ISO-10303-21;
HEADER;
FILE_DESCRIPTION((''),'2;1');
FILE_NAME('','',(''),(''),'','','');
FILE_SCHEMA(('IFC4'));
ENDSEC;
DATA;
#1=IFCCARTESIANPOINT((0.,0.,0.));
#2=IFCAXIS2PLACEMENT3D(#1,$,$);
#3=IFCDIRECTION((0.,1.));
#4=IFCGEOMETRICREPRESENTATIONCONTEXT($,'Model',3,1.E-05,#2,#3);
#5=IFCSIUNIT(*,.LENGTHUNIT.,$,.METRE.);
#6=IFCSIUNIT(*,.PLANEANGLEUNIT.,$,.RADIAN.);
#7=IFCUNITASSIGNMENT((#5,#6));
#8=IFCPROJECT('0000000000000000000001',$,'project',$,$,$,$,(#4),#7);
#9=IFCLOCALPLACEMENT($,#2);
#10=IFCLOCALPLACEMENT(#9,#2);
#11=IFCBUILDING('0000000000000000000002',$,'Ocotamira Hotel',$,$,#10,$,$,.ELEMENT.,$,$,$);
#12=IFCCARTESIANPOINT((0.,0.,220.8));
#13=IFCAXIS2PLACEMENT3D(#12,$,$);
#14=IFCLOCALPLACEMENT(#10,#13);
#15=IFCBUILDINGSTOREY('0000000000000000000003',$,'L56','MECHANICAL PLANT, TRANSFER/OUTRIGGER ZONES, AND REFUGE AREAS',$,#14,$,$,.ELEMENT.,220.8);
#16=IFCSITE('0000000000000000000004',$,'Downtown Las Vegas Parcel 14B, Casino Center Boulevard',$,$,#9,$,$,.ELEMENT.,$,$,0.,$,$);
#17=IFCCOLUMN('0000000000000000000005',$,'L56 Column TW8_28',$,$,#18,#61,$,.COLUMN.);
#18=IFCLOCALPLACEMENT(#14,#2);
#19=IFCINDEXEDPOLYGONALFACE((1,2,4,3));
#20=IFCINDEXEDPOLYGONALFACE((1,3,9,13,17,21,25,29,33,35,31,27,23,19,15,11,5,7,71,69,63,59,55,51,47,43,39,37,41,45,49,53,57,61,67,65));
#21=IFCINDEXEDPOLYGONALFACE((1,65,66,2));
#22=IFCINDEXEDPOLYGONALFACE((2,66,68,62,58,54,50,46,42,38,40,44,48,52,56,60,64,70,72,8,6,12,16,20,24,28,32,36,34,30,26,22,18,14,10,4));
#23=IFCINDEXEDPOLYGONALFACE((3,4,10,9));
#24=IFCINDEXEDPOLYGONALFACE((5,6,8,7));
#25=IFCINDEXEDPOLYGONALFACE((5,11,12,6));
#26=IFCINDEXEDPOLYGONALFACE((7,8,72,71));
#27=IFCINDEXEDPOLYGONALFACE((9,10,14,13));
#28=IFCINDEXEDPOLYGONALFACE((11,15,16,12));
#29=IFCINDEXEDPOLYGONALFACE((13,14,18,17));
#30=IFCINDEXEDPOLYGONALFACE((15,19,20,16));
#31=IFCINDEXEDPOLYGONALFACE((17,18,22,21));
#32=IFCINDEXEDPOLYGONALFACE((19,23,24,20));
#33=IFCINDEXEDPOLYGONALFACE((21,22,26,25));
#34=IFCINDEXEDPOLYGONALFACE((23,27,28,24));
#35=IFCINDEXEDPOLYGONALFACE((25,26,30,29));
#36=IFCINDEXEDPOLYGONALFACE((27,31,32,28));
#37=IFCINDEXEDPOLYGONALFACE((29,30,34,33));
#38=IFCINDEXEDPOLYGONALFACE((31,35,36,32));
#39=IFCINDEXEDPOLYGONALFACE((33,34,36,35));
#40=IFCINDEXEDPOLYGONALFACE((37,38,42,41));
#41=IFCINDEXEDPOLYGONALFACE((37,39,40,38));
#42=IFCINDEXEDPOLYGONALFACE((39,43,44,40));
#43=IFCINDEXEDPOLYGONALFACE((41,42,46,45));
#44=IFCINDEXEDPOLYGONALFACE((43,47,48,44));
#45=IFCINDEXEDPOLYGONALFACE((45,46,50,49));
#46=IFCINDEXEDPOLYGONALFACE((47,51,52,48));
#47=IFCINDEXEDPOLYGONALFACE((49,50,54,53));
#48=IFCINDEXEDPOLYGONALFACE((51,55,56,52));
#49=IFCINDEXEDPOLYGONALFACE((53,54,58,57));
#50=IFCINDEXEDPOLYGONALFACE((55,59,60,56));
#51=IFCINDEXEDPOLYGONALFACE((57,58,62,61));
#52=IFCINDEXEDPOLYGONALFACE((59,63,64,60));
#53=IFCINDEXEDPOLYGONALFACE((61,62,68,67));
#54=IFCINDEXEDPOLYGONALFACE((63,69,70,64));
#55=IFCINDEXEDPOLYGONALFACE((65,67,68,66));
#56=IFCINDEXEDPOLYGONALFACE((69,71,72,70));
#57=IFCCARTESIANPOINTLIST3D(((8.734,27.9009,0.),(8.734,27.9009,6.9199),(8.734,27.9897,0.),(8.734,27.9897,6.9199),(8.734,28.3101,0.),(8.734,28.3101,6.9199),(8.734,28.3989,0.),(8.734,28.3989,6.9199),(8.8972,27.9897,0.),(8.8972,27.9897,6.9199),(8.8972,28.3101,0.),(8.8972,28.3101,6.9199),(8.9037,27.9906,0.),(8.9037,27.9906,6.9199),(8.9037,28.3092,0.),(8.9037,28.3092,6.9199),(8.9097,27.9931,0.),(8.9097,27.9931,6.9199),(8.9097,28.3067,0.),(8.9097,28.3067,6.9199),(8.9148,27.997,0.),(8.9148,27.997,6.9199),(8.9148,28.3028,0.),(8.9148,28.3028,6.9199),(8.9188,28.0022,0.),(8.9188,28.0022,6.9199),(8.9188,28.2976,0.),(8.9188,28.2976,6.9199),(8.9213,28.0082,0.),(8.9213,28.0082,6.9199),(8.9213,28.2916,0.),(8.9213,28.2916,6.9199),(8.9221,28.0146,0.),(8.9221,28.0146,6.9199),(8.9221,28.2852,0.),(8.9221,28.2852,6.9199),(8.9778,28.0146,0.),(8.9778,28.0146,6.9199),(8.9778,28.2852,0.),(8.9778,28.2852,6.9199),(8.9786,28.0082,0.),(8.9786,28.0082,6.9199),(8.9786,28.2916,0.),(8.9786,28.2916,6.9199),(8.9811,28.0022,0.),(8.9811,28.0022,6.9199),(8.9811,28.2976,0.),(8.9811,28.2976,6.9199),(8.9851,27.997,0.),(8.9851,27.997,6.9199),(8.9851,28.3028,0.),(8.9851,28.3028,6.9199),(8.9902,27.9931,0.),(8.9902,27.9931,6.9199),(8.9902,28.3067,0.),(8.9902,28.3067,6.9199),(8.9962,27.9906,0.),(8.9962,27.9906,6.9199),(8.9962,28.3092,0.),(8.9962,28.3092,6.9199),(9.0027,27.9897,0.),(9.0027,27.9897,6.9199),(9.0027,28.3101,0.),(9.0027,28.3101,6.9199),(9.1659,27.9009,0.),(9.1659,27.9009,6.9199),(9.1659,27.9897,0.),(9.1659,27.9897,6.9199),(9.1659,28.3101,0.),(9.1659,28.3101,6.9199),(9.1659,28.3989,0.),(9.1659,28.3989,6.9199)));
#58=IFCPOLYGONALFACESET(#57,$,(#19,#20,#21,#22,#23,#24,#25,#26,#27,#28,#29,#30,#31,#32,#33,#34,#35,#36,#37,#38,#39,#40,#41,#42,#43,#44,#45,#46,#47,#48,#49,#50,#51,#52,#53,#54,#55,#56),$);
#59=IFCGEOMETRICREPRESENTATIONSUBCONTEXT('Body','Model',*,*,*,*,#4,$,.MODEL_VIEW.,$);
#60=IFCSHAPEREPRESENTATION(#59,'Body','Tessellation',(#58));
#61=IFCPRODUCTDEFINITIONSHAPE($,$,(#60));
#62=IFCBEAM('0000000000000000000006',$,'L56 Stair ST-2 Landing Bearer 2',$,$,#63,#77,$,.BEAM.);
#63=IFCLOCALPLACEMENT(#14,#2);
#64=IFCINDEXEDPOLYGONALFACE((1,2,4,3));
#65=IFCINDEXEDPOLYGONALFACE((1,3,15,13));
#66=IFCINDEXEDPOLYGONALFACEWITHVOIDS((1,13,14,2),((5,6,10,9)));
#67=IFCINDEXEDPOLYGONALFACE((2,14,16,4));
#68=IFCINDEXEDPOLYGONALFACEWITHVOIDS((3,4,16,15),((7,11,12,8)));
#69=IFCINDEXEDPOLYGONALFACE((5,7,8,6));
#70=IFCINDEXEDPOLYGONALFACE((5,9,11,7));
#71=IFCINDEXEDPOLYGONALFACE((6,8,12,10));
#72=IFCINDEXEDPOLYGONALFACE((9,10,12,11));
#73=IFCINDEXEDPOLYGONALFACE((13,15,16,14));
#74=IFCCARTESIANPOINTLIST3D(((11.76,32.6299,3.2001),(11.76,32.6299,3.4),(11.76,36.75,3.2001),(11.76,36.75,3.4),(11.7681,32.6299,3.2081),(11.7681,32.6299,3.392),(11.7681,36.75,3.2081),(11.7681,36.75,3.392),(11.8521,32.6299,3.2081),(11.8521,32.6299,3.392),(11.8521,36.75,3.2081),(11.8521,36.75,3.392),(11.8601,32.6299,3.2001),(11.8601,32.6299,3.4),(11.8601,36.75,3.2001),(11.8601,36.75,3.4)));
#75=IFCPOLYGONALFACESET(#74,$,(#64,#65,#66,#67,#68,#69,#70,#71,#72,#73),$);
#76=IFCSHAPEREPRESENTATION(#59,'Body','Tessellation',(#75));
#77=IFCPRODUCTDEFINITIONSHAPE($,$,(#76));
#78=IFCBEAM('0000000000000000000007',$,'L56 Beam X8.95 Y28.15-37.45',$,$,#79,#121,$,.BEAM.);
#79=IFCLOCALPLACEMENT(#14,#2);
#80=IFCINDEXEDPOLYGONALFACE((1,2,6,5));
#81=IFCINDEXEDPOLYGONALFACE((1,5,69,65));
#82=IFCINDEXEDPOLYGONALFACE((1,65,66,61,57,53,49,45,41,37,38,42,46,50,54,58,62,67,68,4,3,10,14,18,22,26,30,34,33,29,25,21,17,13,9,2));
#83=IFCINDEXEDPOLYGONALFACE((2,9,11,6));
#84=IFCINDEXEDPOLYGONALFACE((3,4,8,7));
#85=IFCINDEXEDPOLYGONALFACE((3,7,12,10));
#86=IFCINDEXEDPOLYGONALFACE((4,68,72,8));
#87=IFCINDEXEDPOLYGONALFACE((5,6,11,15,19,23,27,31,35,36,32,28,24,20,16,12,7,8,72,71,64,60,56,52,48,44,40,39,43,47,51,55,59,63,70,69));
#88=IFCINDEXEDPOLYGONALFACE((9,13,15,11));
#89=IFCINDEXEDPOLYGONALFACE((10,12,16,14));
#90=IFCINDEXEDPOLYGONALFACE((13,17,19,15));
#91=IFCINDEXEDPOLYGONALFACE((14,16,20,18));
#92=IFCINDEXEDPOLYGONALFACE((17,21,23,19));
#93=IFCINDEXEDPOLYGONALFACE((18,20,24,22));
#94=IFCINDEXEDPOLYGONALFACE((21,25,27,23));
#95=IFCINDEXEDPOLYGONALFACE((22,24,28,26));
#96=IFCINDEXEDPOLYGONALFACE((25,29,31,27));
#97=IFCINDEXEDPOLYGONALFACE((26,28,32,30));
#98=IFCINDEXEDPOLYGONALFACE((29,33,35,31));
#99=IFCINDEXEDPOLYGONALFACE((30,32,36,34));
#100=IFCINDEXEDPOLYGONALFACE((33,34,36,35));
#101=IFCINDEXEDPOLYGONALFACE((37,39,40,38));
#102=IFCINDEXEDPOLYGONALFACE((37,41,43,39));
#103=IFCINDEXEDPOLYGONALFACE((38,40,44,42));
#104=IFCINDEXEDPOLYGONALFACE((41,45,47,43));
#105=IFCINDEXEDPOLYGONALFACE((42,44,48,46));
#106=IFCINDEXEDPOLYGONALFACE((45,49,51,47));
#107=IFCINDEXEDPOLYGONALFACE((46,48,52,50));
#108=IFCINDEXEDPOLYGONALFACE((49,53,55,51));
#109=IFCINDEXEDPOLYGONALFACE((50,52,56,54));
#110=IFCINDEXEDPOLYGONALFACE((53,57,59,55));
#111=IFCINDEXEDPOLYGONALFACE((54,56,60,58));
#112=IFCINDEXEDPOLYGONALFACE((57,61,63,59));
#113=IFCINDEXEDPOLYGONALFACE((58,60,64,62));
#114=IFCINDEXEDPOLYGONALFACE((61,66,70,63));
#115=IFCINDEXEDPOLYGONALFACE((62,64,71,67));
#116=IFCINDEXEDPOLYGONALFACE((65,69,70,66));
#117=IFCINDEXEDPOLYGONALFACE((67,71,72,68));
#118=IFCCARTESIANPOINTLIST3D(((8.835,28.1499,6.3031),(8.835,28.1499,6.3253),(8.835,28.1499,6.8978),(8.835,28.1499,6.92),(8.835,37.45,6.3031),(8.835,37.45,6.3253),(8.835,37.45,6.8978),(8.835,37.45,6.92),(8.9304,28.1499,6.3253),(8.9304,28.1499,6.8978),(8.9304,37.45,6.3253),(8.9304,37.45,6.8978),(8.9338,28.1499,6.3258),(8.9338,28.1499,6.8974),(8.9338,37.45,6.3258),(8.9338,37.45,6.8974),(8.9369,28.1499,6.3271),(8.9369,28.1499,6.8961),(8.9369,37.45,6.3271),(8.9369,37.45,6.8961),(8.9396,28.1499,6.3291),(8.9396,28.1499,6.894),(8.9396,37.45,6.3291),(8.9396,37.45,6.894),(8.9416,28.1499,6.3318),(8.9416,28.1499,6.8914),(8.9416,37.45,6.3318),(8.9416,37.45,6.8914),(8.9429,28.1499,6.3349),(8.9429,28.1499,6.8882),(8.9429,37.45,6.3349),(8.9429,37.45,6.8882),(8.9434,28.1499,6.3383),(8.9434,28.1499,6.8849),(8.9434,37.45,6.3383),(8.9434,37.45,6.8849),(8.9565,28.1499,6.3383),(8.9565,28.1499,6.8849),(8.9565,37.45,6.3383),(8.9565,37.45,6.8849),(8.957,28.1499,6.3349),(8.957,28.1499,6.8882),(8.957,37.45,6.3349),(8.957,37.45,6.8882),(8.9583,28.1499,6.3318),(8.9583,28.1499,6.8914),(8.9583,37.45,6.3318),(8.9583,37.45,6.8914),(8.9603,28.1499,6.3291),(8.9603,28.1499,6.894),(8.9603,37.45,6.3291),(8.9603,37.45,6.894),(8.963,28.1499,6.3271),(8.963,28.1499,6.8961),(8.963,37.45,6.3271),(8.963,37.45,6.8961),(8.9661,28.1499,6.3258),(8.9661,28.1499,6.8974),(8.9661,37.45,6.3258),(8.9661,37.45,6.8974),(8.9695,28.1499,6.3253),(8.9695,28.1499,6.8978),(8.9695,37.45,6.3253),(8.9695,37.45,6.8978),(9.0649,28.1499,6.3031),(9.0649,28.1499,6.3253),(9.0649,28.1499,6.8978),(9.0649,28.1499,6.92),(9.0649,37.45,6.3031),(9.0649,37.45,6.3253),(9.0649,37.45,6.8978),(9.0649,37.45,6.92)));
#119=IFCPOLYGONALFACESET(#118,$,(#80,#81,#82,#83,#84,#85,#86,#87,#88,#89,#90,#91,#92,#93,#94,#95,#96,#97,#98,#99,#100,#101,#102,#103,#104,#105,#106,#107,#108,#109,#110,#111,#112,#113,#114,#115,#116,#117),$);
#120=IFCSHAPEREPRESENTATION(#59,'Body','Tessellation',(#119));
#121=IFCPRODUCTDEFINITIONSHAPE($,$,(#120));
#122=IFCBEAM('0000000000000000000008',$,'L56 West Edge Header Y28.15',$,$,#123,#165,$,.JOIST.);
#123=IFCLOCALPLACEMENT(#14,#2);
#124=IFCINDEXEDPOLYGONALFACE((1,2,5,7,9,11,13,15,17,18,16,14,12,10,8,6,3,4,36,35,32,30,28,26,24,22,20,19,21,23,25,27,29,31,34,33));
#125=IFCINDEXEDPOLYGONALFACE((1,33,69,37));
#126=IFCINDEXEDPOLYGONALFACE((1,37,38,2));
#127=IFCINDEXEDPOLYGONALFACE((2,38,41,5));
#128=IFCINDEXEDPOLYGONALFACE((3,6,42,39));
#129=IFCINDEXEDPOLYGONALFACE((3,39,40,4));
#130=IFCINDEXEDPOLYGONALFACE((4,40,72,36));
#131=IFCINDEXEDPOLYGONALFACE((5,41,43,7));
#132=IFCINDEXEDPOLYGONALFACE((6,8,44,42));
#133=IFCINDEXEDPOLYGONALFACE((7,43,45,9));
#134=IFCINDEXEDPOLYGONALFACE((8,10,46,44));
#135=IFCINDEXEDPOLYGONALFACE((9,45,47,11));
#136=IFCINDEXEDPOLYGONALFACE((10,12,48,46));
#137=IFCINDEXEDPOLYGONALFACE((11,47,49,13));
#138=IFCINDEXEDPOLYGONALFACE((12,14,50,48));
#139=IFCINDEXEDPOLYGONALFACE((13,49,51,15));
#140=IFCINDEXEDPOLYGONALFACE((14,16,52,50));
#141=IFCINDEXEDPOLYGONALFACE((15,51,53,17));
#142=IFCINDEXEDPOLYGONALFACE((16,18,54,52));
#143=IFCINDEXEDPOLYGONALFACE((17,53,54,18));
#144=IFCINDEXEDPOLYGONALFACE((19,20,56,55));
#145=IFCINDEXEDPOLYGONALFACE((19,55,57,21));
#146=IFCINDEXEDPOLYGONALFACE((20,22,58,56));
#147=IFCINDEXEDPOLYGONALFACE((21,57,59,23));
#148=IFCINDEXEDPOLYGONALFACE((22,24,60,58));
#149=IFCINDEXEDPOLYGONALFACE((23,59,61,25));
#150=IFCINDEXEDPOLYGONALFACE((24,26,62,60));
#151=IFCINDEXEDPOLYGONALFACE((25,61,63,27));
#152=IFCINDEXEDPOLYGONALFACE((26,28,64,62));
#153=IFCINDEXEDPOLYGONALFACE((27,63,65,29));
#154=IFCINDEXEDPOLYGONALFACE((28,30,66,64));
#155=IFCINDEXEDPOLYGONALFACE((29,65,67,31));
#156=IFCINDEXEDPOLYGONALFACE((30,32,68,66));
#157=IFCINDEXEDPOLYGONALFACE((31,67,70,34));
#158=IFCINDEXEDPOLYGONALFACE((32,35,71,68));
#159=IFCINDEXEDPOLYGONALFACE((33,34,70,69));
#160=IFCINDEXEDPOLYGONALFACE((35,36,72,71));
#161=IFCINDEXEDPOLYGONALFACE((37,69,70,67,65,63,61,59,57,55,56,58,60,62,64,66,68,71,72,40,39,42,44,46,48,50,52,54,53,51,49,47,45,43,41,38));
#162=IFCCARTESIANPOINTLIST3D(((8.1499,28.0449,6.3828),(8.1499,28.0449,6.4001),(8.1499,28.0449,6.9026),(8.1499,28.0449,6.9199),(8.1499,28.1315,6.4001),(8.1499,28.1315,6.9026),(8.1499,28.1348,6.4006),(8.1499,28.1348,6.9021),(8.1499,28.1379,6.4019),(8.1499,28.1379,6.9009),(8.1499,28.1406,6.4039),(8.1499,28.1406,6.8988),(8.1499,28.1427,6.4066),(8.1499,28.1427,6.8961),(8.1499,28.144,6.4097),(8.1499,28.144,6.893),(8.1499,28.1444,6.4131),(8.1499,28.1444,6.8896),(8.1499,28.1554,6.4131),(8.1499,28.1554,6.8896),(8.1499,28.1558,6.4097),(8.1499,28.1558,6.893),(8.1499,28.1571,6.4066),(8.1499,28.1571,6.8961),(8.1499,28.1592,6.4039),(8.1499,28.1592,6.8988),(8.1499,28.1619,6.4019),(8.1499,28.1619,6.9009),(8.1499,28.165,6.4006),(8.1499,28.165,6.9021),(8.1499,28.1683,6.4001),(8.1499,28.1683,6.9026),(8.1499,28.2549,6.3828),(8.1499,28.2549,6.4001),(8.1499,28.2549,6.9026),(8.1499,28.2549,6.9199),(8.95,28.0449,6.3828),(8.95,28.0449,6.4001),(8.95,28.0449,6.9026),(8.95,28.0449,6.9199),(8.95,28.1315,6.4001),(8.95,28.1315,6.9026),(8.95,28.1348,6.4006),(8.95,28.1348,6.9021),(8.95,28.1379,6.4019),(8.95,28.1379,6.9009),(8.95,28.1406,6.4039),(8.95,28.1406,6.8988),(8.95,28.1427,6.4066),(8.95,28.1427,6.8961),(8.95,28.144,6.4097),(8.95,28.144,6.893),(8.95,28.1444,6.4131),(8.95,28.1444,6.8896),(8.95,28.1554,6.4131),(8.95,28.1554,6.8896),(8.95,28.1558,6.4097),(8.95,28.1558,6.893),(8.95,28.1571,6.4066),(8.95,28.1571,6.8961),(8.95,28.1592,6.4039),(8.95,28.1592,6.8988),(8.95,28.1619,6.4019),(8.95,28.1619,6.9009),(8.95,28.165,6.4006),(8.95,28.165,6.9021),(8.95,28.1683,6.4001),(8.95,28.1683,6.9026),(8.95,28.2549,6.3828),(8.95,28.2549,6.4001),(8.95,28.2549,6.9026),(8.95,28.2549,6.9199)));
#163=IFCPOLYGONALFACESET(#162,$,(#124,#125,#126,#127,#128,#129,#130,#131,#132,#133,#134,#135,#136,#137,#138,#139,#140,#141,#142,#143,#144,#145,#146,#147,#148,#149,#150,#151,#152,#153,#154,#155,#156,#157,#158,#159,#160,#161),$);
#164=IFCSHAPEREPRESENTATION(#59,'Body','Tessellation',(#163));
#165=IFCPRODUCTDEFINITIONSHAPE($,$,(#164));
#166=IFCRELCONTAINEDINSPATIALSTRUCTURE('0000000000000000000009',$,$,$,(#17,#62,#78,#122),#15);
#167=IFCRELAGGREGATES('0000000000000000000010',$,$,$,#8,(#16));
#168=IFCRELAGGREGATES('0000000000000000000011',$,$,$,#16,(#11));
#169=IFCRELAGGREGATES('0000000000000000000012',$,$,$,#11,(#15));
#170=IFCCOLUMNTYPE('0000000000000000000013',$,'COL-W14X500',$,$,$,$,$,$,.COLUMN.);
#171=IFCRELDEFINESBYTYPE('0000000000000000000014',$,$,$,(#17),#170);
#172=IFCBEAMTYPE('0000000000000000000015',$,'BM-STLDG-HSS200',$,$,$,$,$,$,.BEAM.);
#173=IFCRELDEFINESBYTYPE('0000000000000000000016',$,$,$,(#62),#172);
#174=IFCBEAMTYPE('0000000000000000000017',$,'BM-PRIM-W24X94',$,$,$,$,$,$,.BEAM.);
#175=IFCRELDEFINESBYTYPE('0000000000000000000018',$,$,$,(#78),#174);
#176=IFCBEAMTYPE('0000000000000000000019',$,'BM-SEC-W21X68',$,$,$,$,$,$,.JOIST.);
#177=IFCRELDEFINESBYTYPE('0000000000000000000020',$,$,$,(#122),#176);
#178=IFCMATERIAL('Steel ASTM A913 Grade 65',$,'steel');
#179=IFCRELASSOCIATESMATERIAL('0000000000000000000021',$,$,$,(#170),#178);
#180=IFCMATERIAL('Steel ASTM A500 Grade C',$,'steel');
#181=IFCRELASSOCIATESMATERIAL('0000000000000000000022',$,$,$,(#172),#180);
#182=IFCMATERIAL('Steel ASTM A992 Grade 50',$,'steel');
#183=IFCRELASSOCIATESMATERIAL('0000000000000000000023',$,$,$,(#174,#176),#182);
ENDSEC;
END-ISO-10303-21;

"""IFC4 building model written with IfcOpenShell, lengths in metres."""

from ifc_helpers import new_model, si_unit, direction, frame, origin, origin_2d, place, context, subcontext, project, spatial, hollow_rectangle, i_section, extrude, source, transform, mapped, material, material_profile, profile_set, type_object, element, save


model = new_model("IFC4")

# Units and contexts
model_context = context("Model", 3, precision=1e-05, world=origin(), true_north=direction((0.0, 1.0)))
body_context = subcontext(model_context, "Body", "Model", "MODEL_VIEW")
ifc_project = project(units=[si_unit("LENGTHUNIT", "METRE"), si_unit("PLANEANGLEUNIT", "RADIAN")], contexts=[model_context])

# Site, building, storey
site_placement = place(None, origin())
site = spatial("IfcSite", under=ifc_project, at=site_placement, Name="Downtown Las Vegas Parcel 14B, Casino Center Boulevard", CompositionType="ELEMENT", RefElevation=0.0)
building_placement = place(site_placement, origin())
building = spatial("IfcBuilding", under=site, at=building_placement, Name="Ocotamira Hotel", CompositionType="ELEMENT")
storey_placement = place(building_placement, frame((0.0, 0.0, 220.8)))
storey = spatial("IfcBuildingStorey", under=building, at=storey_placement, Name="L56", Description="MECHANICAL PLANT, TRANSFER/OUTRIGGER ZONES, AND REFUGE AREAS", CompositionType="ELEMENT", Elevation=220.8)

# Column
ifc_material_1 = material(Name="Steel ASTM A913 Grade 65", Category="steel")
ifc_material_profile_1 = material_profile(ifc_material_1, i_section(OverallWidth=0.4319, OverallDepth=0.498, WebThickness=0.0557, FlangeThickness=0.0889, FilletRadius=0.0249, at=origin_2d()), Name="W14X500")
ifc_profile_set_1 = profile_set([ifc_material_profile_1], Name="Steel ASTM A913 Grade 65")
column_type = type_object("IfcColumnType", Name="COL-W14X500", PredefinedType="COLUMN", material=ifc_profile_set_1)
shared_shape_1 = source(origin(), body_context, "Body", "SweptSolid", [
    extrude(i_section(OverallWidth=0.4319, OverallDepth=0.498, WebThickness=0.0557, FlangeThickness=0.0889, FilletRadius=0.0249, at=origin_2d()), origin(), (0.0, 0.0, 1.0), 6.9199),
])
column_placement = place(storey_placement, frame((8.95, 28.1499, 0.0), z_axis=(0.0, 0.0, 1.0), x_axis=(1.0, 0.0, 0.0)))
element("IfcColumn", 1, at=column_placement, inside=storey, type_object=column_type, Name="L56 Column TW8_28", PredefinedType="COLUMN", context=body_context, shape_type="MappedRepresentation", body=[
    mapped(shared_shape_1, transform((0.0, 0.0, 0.0), scale=1.0)),
])

# Beams
ifc_material_2 = material(Name="Steel ASTM A500 Grade C", Category="steel")
ifc_material_profile_2 = material_profile(ifc_material_2, hollow_rectangle(XDim=0.1001, YDim=0.2, WallThickness=0.0081, at=origin_2d()), Name="HSS200X100X8")
ifc_profile_set_2 = profile_set([ifc_material_profile_2], Name="Steel ASTM A500 Grade C")
beam_type_1 = type_object("IfcBeamType", Name="BM-STLDG-HSS200", PredefinedType="BEAM", material=ifc_profile_set_2)
shared_shape_2 = source(origin(), body_context, "Body", "SweptSolid", [
    extrude(hollow_rectangle(XDim=0.1001, YDim=0.2, WallThickness=0.0081, at=origin_2d()), origin(), (0.0, 0.0, 1.0), 4.1201),
])
beam_1_placement = place(storey_placement, frame((11.8101, 32.6299, 3.3), z_axis=(0.0, 1.0, 0.0), x_axis=(-1.0, 0.0, 0.0)))
element("IfcBeam", 2, at=beam_1_placement, inside=storey, type_object=beam_type_1, Name="L56 Stair ST-2 Landing Bearer 2", PredefinedType="BEAM", context=body_context, shape_type="MappedRepresentation", body=[
    mapped(shared_shape_2, transform((0.0, 0.0, 0.0), scale=1.0)),
])
ifc_material_3 = material(Name="Steel ASTM A992 Grade 50", Category="steel")
ifc_material_profile_3 = material_profile(ifc_material_3, i_section(OverallWidth=0.23, OverallDepth=0.6169, WebThickness=0.0132, FlangeThickness=0.0222, FilletRadius=0.0129, at=origin_2d()), Name="W24X94")
ifc_profile_set_3 = profile_set([ifc_material_profile_3], Name="Steel ASTM A992 Grade 50")
beam_type_2 = type_object("IfcBeamType", Name="BM-PRIM-W24X94", PredefinedType="BEAM", material=ifc_profile_set_3)
shared_shape_3 = source(origin(), body_context, "Body", "SweptSolid", [
    extrude(i_section(OverallWidth=0.23, OverallDepth=0.6169, WebThickness=0.0132, FlangeThickness=0.0222, FilletRadius=0.0129, at=origin_2d()), origin(), (0.0, 0.0, 1.0), 9.3),
])
beam_2_placement = place(storey_placement, frame((8.95, 28.1499, 6.6116), z_axis=(0.0, 1.0, 0.0), x_axis=(-1.0, 0.0, 0.0)))
element("IfcBeam", 3, at=beam_2_placement, inside=storey, type_object=beam_type_2, Name="L56 Beam X8.95 Y28.15-37.45", PredefinedType="BEAM", context=body_context, shape_type="MappedRepresentation", body=[
    mapped(shared_shape_3, transform((0.0, 0.0, 0.0), scale=1.0)),
])
ifc_material_profile_4 = material_profile(ifc_material_3, i_section(OverallWidth=0.21, OverallDepth=0.5371, WebThickness=0.011, FlangeThickness=0.0173, FilletRadius=0.0129, at=origin_2d()), Name="W21X68")
ifc_profile_set_4 = profile_set([ifc_material_profile_4], Name="Steel ASTM A992 Grade 50")
beam_type_3 = type_object("IfcBeamType", Name="BM-SEC-W21X68", PredefinedType="JOIST", material=ifc_profile_set_4)
shared_shape_4 = source(origin(), body_context, "Body", "SweptSolid", [
    extrude(i_section(OverallWidth=0.21, OverallDepth=0.5371, WebThickness=0.011, FlangeThickness=0.0173, FilletRadius=0.0129, at=origin_2d()), origin(), (0.0, 0.0, 1.0), 0.8),
])
beam_3_placement = place(storey_placement, frame((8.95, 28.1499, 6.6514), z_axis=(-1.0, 0.0, 0.0), x_axis=(0.0, -1.0, 0.0)))
element("IfcBeam", 4, at=beam_3_placement, inside=storey, type_object=beam_type_3, Name="L56 West Edge Header Y28.15", PredefinedType="JOIST", context=body_context, shape_type="MappedRepresentation", body=[
    mapped(shared_shape_4, transform((0.0, 0.0, 0.0), scale=1.0)),
])

save(model, "model.ifc")
